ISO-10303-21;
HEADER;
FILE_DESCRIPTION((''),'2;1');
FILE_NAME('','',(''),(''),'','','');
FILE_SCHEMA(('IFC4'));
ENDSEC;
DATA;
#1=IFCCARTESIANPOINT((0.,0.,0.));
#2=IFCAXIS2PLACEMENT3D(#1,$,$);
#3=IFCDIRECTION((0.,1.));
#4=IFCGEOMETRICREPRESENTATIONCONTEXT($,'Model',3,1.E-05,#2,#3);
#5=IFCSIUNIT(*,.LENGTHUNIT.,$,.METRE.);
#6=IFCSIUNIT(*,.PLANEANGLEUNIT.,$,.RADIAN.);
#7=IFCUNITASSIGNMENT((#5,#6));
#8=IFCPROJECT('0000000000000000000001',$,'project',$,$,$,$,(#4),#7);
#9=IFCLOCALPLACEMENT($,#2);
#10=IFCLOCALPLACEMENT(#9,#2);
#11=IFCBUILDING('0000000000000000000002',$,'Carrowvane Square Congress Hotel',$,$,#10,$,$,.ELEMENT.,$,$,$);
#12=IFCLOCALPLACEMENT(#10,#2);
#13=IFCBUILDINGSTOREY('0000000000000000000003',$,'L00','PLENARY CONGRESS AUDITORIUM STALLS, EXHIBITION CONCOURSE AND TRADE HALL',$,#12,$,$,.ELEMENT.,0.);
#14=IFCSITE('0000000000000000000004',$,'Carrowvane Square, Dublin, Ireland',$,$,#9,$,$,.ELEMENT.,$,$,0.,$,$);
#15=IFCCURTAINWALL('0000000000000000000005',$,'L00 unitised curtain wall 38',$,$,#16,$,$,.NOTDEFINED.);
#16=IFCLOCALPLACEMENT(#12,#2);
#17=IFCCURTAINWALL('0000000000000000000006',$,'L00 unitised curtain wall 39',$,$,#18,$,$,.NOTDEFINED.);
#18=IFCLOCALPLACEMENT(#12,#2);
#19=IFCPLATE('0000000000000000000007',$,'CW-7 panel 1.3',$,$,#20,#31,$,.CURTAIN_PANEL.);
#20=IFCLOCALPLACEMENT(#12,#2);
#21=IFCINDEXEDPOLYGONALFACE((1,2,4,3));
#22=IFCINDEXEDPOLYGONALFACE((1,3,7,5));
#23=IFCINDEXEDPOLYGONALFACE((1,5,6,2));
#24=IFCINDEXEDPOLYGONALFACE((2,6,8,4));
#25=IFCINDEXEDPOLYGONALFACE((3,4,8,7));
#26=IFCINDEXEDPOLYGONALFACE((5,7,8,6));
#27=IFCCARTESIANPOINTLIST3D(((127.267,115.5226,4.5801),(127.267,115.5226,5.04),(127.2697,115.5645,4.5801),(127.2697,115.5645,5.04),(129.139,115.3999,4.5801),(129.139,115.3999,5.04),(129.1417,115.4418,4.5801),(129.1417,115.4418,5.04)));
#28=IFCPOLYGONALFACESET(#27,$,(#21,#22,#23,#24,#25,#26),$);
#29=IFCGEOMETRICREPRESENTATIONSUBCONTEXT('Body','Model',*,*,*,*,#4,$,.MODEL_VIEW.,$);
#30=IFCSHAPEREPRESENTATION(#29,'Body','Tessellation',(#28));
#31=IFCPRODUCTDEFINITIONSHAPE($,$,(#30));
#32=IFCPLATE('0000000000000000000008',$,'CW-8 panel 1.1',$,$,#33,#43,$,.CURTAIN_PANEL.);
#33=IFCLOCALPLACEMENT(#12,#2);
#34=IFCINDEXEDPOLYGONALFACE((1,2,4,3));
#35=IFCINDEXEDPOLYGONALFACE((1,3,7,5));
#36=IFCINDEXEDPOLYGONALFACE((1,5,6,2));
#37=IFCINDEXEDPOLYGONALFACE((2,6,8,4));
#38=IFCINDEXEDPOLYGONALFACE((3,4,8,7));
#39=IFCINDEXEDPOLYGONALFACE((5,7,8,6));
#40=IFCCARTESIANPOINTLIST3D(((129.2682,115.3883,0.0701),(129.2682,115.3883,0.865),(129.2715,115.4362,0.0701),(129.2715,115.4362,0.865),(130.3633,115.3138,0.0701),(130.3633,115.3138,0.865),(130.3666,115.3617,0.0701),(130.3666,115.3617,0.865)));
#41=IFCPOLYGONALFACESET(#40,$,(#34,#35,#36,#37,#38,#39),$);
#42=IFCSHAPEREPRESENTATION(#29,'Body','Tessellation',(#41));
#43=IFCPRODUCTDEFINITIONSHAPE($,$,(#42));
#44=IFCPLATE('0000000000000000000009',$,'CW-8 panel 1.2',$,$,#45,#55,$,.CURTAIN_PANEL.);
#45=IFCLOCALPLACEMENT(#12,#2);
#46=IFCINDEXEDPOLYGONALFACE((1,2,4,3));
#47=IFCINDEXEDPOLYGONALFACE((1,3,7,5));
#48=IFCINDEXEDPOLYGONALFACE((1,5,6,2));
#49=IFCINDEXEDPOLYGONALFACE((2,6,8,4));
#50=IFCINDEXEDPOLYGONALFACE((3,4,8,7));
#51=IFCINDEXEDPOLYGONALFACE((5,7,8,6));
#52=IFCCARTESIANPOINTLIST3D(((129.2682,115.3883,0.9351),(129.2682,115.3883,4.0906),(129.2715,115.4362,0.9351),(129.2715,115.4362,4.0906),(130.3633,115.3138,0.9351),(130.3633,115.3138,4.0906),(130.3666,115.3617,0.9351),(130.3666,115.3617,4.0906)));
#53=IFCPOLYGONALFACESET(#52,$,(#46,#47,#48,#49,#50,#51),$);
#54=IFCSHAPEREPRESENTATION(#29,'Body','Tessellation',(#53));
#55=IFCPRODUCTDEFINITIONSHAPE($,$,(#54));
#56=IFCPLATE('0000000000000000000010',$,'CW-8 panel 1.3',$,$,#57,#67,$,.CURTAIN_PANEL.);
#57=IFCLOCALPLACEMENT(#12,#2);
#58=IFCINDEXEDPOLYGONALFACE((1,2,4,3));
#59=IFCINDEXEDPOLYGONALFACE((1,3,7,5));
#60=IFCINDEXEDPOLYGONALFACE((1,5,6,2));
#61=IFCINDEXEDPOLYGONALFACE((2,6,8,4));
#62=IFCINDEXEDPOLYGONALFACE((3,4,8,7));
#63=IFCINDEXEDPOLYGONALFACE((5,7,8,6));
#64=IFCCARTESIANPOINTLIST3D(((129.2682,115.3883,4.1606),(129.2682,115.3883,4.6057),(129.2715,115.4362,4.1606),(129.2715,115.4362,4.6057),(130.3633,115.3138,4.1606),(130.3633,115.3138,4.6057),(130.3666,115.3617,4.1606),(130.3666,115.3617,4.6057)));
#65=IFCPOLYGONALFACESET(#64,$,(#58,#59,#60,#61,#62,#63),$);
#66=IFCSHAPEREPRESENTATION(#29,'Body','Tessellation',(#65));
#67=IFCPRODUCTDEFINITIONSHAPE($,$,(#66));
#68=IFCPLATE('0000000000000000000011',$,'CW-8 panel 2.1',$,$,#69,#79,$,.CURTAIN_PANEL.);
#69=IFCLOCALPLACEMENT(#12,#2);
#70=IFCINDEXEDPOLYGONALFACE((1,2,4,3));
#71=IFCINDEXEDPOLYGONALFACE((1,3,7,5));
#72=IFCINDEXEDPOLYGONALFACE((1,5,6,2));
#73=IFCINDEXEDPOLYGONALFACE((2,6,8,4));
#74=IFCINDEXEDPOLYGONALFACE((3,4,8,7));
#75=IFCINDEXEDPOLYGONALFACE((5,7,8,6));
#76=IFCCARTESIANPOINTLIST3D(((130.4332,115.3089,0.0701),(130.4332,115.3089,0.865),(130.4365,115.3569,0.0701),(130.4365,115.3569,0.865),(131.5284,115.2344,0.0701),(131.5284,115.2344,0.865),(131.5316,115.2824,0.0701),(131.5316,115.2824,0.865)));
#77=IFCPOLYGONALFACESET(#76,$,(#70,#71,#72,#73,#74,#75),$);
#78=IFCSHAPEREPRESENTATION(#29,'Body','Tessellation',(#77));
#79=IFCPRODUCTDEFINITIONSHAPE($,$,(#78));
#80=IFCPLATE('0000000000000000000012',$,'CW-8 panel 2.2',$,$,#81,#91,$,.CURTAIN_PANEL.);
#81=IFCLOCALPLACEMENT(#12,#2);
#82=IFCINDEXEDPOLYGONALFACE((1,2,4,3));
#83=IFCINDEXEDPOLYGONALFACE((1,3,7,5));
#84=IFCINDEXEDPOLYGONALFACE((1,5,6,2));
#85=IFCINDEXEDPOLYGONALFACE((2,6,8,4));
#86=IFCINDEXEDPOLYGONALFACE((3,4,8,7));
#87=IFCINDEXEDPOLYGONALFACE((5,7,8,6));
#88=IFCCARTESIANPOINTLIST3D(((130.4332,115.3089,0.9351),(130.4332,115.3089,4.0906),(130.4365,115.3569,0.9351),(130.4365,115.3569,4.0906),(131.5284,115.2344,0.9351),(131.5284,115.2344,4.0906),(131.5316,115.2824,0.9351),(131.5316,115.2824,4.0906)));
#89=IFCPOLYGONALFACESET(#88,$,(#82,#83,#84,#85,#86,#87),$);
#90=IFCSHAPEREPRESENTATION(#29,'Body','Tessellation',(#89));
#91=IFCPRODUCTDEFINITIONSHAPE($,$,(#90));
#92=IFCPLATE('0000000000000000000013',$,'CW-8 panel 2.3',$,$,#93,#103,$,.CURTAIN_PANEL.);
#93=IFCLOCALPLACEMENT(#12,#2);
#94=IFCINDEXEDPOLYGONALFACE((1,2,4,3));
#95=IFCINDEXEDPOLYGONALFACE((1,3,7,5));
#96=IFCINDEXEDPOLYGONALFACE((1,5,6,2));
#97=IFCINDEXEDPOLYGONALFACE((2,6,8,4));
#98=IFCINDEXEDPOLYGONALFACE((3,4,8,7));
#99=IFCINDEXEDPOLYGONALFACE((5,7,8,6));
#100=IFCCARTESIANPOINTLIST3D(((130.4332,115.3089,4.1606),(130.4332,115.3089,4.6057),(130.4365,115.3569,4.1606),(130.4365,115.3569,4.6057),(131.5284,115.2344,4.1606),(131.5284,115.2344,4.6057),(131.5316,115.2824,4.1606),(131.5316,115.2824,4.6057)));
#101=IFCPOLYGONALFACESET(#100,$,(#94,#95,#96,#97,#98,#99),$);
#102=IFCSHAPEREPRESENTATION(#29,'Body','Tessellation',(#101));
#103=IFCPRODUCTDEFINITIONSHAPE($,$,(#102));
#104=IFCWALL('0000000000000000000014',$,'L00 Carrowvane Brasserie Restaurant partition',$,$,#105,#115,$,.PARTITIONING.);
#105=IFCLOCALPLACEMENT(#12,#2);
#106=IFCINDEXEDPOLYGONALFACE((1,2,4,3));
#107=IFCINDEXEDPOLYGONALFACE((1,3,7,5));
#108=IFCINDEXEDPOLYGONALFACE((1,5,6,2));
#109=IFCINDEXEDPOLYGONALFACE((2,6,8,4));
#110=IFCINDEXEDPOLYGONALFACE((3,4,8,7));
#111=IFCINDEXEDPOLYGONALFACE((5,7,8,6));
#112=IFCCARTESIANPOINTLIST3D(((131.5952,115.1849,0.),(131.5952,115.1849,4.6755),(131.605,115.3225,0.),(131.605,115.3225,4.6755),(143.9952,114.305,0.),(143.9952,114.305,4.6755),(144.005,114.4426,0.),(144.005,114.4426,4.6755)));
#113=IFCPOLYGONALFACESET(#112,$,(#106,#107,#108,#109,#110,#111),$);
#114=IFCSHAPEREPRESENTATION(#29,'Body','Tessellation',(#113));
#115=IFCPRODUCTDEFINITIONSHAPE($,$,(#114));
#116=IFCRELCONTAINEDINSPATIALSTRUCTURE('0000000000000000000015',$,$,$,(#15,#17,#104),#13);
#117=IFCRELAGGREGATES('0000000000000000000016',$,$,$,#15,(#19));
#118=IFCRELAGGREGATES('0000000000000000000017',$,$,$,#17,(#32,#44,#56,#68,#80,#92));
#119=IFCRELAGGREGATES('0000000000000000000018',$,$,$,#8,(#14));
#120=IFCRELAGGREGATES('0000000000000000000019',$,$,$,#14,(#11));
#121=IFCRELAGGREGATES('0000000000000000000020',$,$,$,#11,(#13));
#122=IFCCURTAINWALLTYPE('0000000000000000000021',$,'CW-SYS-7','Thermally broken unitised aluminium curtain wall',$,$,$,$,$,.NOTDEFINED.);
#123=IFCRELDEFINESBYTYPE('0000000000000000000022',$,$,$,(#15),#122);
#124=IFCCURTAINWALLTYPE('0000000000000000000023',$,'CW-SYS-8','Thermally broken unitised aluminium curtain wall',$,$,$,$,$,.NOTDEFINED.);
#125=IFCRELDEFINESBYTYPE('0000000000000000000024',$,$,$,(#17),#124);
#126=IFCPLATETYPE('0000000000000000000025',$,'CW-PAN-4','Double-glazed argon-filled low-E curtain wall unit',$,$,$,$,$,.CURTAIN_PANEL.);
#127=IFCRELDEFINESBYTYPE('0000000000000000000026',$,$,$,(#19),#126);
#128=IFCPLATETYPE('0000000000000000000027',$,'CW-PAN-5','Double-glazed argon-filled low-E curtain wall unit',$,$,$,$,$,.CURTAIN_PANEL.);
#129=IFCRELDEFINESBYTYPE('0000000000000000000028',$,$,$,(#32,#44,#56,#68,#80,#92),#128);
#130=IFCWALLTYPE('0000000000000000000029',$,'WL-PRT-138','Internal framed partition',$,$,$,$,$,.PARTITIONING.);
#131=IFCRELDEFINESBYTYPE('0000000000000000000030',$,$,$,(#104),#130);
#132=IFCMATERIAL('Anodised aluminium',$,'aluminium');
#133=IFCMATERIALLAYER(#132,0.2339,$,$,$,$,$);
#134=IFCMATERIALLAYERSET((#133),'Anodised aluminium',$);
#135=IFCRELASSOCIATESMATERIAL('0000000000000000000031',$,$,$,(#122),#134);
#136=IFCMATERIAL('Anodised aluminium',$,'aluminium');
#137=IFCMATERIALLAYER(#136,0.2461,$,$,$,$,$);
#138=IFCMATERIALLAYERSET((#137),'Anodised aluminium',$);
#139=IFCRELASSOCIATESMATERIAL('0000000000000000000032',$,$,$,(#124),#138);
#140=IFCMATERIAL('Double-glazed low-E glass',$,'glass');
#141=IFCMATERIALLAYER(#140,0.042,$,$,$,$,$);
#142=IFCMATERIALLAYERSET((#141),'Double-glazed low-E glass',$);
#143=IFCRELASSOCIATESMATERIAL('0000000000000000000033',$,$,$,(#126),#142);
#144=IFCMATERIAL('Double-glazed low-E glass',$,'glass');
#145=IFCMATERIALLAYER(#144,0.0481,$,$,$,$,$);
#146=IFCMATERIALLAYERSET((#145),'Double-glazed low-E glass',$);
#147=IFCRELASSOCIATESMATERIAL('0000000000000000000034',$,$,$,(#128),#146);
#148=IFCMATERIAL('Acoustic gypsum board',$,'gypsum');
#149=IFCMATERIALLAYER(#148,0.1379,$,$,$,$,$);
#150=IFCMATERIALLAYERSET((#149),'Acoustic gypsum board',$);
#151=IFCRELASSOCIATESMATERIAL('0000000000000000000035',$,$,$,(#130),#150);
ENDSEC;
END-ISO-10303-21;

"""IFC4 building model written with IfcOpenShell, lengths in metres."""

from ifc_helpers import new_model, si_unit, direction, frame, frame_2d, origin, origin_2d, place, context, subcontext, project, spatial, rectangle, extrude, material, layer, layer_set, type_object, element, aggregate, save


model = new_model("IFC4")

# Units and contexts
model_context = context("Model", 3, precision=1e-05, world=origin(), true_north=direction((0.0, 1.0)))
body_context = subcontext(model_context, "Body", "Model", "MODEL_VIEW")
ifc_project = project(units=[si_unit("LENGTHUNIT", "METRE"), si_unit("PLANEANGLEUNIT", "RADIAN")], contexts=[model_context])

# Site, building, storey
site_placement = place(None, origin())
site = spatial("IfcSite", under=ifc_project, at=site_placement, Name="Carrowvane Square, Dublin, Ireland", CompositionType="ELEMENT", RefElevation=0.0)
building_placement = place(site_placement, origin())
building = spatial("IfcBuilding", under=site, at=building_placement, Name="Carrowvane Square Congress Hotel", CompositionType="ELEMENT")
storey_placement = place(building_placement, origin())
storey = spatial("IfcBuildingStorey", under=building, at=storey_placement, Name="L00", Description="PLENARY CONGRESS AUDITORIUM STALLS, EXHIBITION CONCOURSE AND TRADE HALL", CompositionType="ELEMENT", Elevation=0.0)

# Curtain wall
ifc_material_1 = material(Name="Anodised aluminium", Category="aluminium")
ifc_layer_1 = layer(ifc_material_1, 0.2339)
ifc_layer_set_1 = layer_set([ifc_layer_1], Name="Anodised aluminium")
curtain_wall_type_1 = type_object("IfcCurtainWallType", Name="CW-SYS-7", Description="Thermally broken unitised aluminium curtain wall", PredefinedType="NOTDEFINED", material=ifc_layer_set_1)
curtain_wall_1_placement = place(storey_placement, origin())
curtain_wall_1 = element("IfcCurtainWall", 1, at=curtain_wall_1_placement, inside=storey, type_object=curtain_wall_type_1, Name="L00 unitised curtain wall 38", PredefinedType="NOTDEFINED")

# Curtain wall
ifc_material_2 = material(Name="Anodised aluminium", Category="aluminium")
ifc_layer_2 = layer(ifc_material_2, 0.2461)
ifc_layer_set_2 = layer_set([ifc_layer_2], Name="Anodised aluminium")
curtain_wall_type_2 = type_object("IfcCurtainWallType", Name="CW-SYS-8", Description="Thermally broken unitised aluminium curtain wall", PredefinedType="NOTDEFINED", material=ifc_layer_set_2)
curtain_wall_2_placement = place(storey_placement, origin())
curtain_wall_2 = element("IfcCurtainWall", 2, at=curtain_wall_2_placement, inside=storey, type_object=curtain_wall_type_2, Name="L00 unitised curtain wall 39", PredefinedType="NOTDEFINED")

# Plates
ifc_material_3 = material(Name="Double-glazed low-E glass", Category="glass")
ifc_layer_3 = layer(ifc_material_3, 0.042)
ifc_layer_set_3 = layer_set([ifc_layer_3], Name="Double-glazed low-E glass")
plate_type_1 = type_object("IfcPlateType", Name="CW-PAN-4", Description="Double-glazed argon-filled low-E curtain wall unit", PredefinedType="CURTAIN_PANEL", material=ifc_layer_set_3)
plate_1_placement = place(storey_placement, frame((128.2043, 115.4822, 4.5801), z_axis=(0.0, 0.0, 1.0), x_axis=(0.997858, -0.065414, 0.0)))
plate_1 = element("IfcPlate", 3, at=plate_1_placement, type_object=plate_type_1, Name="CW-7 panel 1.3", PredefinedType="CURTAIN_PANEL", context=body_context, shape_type="SweptSolid", body=[
    extrude(rectangle(XDim=1.876, YDim=0.042, at=origin_2d()), origin(), (0.0, 0.0, 1.0), 0.46),
])
aggregate(curtain_wall_1, [plate_1])
ifc_material_4 = material(Name="Double-glazed low-E glass", Category="glass")
ifc_layer_4 = layer(ifc_material_4, 0.0481)
ifc_layer_set_4 = layer_set([ifc_layer_4], Name="Double-glazed low-E glass")
plate_type_2 = type_object("IfcPlateType", Name="CW-PAN-5", Description="Double-glazed argon-filled low-E curtain wall unit", PredefinedType="CURTAIN_PANEL", material=ifc_layer_set_4)
plate_2_placement = place(storey_placement, frame((129.8174, 115.375, 0.0701), z_axis=(0.0, 0.0, 1.0), x_axis=(0.997694, -0.06787, 0.0)))
plate_2 = element("IfcPlate", 4, at=plate_2_placement, type_object=plate_type_2, Name="CW-8 panel 1.1", PredefinedType="CURTAIN_PANEL", context=body_context, shape_type="SweptSolid", body=[
    extrude(rectangle(XDim=1.0977, YDim=0.0481, at=origin_2d()), origin(), (0.0, 0.0, 1.0), 0.7949),
])
plate_3_placement = place(storey_placement, frame((129.8174, 115.375, 0.9351), z_axis=(0.0, 0.0, 1.0), x_axis=(0.997694, -0.06787, 0.0)))
plate_3 = element("IfcPlate", 5, at=plate_3_placement, type_object=plate_type_2, Name="CW-8 panel 1.2", PredefinedType="CURTAIN_PANEL", context=body_context, shape_type="SweptSolid", body=[
    extrude(rectangle(XDim=1.0977, YDim=0.0481, at=origin_2d()), origin(), (0.0, 0.0, 1.0), 3.1555),
])
plate_4_placement = place(storey_placement, frame((129.8174, 115.375, 4.1606), z_axis=(0.0, 0.0, 1.0), x_axis=(0.997694, -0.06787, 0.0)))
plate_4 = element("IfcPlate", 6, at=plate_4_placement, type_object=plate_type_2, Name="CW-8 panel 1.3", PredefinedType="CURTAIN_PANEL", context=body_context, shape_type="SweptSolid", body=[
    extrude(rectangle(XDim=1.0977, YDim=0.0481, at=origin_2d()), origin(), (0.0, 0.0, 1.0), 0.4451),
])
plate_5_placement = place(storey_placement, frame((130.9824, 115.2957, 0.0701), z_axis=(0.0, 0.0, 1.0), x_axis=(0.997694, -0.06787, 0.0)))
plate_5 = element("IfcPlate", 7, at=plate_5_placement, type_object=plate_type_2, Name="CW-8 panel 2.1", PredefinedType="CURTAIN_PANEL", context=body_context, shape_type="SweptSolid", body=[
    extrude(rectangle(XDim=1.0977, YDim=0.0481, at=origin_2d()), origin(), (0.0, 0.0, 1.0), 0.7949),
])
plate_6_placement = place(storey_placement, frame((130.9824, 115.2957, 0.9351), z_axis=(0.0, 0.0, 1.0), x_axis=(0.997694, -0.06787, 0.0)))
plate_6 = element("IfcPlate", 8, at=plate_6_placement, type_object=plate_type_2, Name="CW-8 panel 2.2", PredefinedType="CURTAIN_PANEL", context=body_context, shape_type="SweptSolid", body=[
    extrude(rectangle(XDim=1.0977, YDim=0.0481, at=origin_2d()), origin(), (0.0, 0.0, 1.0), 3.1555),
])
plate_7_placement = place(storey_placement, frame((130.9824, 115.2957, 4.1606), z_axis=(0.0, 0.0, 1.0), x_axis=(0.997694, -0.06787, 0.0)))
plate_7 = element("IfcPlate", 9, at=plate_7_placement, type_object=plate_type_2, Name="CW-8 panel 2.3", PredefinedType="CURTAIN_PANEL", context=body_context, shape_type="SweptSolid", body=[
    extrude(rectangle(XDim=1.0977, YDim=0.0481, at=origin_2d()), origin(), (0.0, 0.0, 1.0), 0.4451),
])
aggregate(curtain_wall_2, [plate_2, plate_3, plate_4, plate_5, plate_6, plate_7])

# Wall
ifc_material_5 = material(Name="Acoustic gypsum board", Category="gypsum")
ifc_layer_5 = layer(ifc_material_5, 0.1379)
ifc_layer_set_5 = layer_set([ifc_layer_5], Name="Acoustic gypsum board")
wall_type = type_object("IfcWallType", Name="WL-PRT-138", Description="Internal framed partition", PredefinedType="PARTITIONING", material=ifc_layer_set_5)
wall_placement = place(storey_placement, frame((131.6001, 115.2537, 0.0), z_axis=(0.0, 0.0, 1.0), x_axis=(0.997492, -0.070781, 0.0)))
element("IfcWall", 10, at=wall_placement, inside=storey, type_object=wall_type, Name="L00 Carrowvane Brasserie Restaurant partition", PredefinedType="PARTITIONING", context=body_context, shape_type="SweptSolid", body=[
    extrude(rectangle(XDim=12.4312, YDim=0.1379, at=frame_2d((6.2156, 0.0))), origin(), (0.0, 0.0, 1.0), 4.6755),
])

save(model, "model.ifc")
